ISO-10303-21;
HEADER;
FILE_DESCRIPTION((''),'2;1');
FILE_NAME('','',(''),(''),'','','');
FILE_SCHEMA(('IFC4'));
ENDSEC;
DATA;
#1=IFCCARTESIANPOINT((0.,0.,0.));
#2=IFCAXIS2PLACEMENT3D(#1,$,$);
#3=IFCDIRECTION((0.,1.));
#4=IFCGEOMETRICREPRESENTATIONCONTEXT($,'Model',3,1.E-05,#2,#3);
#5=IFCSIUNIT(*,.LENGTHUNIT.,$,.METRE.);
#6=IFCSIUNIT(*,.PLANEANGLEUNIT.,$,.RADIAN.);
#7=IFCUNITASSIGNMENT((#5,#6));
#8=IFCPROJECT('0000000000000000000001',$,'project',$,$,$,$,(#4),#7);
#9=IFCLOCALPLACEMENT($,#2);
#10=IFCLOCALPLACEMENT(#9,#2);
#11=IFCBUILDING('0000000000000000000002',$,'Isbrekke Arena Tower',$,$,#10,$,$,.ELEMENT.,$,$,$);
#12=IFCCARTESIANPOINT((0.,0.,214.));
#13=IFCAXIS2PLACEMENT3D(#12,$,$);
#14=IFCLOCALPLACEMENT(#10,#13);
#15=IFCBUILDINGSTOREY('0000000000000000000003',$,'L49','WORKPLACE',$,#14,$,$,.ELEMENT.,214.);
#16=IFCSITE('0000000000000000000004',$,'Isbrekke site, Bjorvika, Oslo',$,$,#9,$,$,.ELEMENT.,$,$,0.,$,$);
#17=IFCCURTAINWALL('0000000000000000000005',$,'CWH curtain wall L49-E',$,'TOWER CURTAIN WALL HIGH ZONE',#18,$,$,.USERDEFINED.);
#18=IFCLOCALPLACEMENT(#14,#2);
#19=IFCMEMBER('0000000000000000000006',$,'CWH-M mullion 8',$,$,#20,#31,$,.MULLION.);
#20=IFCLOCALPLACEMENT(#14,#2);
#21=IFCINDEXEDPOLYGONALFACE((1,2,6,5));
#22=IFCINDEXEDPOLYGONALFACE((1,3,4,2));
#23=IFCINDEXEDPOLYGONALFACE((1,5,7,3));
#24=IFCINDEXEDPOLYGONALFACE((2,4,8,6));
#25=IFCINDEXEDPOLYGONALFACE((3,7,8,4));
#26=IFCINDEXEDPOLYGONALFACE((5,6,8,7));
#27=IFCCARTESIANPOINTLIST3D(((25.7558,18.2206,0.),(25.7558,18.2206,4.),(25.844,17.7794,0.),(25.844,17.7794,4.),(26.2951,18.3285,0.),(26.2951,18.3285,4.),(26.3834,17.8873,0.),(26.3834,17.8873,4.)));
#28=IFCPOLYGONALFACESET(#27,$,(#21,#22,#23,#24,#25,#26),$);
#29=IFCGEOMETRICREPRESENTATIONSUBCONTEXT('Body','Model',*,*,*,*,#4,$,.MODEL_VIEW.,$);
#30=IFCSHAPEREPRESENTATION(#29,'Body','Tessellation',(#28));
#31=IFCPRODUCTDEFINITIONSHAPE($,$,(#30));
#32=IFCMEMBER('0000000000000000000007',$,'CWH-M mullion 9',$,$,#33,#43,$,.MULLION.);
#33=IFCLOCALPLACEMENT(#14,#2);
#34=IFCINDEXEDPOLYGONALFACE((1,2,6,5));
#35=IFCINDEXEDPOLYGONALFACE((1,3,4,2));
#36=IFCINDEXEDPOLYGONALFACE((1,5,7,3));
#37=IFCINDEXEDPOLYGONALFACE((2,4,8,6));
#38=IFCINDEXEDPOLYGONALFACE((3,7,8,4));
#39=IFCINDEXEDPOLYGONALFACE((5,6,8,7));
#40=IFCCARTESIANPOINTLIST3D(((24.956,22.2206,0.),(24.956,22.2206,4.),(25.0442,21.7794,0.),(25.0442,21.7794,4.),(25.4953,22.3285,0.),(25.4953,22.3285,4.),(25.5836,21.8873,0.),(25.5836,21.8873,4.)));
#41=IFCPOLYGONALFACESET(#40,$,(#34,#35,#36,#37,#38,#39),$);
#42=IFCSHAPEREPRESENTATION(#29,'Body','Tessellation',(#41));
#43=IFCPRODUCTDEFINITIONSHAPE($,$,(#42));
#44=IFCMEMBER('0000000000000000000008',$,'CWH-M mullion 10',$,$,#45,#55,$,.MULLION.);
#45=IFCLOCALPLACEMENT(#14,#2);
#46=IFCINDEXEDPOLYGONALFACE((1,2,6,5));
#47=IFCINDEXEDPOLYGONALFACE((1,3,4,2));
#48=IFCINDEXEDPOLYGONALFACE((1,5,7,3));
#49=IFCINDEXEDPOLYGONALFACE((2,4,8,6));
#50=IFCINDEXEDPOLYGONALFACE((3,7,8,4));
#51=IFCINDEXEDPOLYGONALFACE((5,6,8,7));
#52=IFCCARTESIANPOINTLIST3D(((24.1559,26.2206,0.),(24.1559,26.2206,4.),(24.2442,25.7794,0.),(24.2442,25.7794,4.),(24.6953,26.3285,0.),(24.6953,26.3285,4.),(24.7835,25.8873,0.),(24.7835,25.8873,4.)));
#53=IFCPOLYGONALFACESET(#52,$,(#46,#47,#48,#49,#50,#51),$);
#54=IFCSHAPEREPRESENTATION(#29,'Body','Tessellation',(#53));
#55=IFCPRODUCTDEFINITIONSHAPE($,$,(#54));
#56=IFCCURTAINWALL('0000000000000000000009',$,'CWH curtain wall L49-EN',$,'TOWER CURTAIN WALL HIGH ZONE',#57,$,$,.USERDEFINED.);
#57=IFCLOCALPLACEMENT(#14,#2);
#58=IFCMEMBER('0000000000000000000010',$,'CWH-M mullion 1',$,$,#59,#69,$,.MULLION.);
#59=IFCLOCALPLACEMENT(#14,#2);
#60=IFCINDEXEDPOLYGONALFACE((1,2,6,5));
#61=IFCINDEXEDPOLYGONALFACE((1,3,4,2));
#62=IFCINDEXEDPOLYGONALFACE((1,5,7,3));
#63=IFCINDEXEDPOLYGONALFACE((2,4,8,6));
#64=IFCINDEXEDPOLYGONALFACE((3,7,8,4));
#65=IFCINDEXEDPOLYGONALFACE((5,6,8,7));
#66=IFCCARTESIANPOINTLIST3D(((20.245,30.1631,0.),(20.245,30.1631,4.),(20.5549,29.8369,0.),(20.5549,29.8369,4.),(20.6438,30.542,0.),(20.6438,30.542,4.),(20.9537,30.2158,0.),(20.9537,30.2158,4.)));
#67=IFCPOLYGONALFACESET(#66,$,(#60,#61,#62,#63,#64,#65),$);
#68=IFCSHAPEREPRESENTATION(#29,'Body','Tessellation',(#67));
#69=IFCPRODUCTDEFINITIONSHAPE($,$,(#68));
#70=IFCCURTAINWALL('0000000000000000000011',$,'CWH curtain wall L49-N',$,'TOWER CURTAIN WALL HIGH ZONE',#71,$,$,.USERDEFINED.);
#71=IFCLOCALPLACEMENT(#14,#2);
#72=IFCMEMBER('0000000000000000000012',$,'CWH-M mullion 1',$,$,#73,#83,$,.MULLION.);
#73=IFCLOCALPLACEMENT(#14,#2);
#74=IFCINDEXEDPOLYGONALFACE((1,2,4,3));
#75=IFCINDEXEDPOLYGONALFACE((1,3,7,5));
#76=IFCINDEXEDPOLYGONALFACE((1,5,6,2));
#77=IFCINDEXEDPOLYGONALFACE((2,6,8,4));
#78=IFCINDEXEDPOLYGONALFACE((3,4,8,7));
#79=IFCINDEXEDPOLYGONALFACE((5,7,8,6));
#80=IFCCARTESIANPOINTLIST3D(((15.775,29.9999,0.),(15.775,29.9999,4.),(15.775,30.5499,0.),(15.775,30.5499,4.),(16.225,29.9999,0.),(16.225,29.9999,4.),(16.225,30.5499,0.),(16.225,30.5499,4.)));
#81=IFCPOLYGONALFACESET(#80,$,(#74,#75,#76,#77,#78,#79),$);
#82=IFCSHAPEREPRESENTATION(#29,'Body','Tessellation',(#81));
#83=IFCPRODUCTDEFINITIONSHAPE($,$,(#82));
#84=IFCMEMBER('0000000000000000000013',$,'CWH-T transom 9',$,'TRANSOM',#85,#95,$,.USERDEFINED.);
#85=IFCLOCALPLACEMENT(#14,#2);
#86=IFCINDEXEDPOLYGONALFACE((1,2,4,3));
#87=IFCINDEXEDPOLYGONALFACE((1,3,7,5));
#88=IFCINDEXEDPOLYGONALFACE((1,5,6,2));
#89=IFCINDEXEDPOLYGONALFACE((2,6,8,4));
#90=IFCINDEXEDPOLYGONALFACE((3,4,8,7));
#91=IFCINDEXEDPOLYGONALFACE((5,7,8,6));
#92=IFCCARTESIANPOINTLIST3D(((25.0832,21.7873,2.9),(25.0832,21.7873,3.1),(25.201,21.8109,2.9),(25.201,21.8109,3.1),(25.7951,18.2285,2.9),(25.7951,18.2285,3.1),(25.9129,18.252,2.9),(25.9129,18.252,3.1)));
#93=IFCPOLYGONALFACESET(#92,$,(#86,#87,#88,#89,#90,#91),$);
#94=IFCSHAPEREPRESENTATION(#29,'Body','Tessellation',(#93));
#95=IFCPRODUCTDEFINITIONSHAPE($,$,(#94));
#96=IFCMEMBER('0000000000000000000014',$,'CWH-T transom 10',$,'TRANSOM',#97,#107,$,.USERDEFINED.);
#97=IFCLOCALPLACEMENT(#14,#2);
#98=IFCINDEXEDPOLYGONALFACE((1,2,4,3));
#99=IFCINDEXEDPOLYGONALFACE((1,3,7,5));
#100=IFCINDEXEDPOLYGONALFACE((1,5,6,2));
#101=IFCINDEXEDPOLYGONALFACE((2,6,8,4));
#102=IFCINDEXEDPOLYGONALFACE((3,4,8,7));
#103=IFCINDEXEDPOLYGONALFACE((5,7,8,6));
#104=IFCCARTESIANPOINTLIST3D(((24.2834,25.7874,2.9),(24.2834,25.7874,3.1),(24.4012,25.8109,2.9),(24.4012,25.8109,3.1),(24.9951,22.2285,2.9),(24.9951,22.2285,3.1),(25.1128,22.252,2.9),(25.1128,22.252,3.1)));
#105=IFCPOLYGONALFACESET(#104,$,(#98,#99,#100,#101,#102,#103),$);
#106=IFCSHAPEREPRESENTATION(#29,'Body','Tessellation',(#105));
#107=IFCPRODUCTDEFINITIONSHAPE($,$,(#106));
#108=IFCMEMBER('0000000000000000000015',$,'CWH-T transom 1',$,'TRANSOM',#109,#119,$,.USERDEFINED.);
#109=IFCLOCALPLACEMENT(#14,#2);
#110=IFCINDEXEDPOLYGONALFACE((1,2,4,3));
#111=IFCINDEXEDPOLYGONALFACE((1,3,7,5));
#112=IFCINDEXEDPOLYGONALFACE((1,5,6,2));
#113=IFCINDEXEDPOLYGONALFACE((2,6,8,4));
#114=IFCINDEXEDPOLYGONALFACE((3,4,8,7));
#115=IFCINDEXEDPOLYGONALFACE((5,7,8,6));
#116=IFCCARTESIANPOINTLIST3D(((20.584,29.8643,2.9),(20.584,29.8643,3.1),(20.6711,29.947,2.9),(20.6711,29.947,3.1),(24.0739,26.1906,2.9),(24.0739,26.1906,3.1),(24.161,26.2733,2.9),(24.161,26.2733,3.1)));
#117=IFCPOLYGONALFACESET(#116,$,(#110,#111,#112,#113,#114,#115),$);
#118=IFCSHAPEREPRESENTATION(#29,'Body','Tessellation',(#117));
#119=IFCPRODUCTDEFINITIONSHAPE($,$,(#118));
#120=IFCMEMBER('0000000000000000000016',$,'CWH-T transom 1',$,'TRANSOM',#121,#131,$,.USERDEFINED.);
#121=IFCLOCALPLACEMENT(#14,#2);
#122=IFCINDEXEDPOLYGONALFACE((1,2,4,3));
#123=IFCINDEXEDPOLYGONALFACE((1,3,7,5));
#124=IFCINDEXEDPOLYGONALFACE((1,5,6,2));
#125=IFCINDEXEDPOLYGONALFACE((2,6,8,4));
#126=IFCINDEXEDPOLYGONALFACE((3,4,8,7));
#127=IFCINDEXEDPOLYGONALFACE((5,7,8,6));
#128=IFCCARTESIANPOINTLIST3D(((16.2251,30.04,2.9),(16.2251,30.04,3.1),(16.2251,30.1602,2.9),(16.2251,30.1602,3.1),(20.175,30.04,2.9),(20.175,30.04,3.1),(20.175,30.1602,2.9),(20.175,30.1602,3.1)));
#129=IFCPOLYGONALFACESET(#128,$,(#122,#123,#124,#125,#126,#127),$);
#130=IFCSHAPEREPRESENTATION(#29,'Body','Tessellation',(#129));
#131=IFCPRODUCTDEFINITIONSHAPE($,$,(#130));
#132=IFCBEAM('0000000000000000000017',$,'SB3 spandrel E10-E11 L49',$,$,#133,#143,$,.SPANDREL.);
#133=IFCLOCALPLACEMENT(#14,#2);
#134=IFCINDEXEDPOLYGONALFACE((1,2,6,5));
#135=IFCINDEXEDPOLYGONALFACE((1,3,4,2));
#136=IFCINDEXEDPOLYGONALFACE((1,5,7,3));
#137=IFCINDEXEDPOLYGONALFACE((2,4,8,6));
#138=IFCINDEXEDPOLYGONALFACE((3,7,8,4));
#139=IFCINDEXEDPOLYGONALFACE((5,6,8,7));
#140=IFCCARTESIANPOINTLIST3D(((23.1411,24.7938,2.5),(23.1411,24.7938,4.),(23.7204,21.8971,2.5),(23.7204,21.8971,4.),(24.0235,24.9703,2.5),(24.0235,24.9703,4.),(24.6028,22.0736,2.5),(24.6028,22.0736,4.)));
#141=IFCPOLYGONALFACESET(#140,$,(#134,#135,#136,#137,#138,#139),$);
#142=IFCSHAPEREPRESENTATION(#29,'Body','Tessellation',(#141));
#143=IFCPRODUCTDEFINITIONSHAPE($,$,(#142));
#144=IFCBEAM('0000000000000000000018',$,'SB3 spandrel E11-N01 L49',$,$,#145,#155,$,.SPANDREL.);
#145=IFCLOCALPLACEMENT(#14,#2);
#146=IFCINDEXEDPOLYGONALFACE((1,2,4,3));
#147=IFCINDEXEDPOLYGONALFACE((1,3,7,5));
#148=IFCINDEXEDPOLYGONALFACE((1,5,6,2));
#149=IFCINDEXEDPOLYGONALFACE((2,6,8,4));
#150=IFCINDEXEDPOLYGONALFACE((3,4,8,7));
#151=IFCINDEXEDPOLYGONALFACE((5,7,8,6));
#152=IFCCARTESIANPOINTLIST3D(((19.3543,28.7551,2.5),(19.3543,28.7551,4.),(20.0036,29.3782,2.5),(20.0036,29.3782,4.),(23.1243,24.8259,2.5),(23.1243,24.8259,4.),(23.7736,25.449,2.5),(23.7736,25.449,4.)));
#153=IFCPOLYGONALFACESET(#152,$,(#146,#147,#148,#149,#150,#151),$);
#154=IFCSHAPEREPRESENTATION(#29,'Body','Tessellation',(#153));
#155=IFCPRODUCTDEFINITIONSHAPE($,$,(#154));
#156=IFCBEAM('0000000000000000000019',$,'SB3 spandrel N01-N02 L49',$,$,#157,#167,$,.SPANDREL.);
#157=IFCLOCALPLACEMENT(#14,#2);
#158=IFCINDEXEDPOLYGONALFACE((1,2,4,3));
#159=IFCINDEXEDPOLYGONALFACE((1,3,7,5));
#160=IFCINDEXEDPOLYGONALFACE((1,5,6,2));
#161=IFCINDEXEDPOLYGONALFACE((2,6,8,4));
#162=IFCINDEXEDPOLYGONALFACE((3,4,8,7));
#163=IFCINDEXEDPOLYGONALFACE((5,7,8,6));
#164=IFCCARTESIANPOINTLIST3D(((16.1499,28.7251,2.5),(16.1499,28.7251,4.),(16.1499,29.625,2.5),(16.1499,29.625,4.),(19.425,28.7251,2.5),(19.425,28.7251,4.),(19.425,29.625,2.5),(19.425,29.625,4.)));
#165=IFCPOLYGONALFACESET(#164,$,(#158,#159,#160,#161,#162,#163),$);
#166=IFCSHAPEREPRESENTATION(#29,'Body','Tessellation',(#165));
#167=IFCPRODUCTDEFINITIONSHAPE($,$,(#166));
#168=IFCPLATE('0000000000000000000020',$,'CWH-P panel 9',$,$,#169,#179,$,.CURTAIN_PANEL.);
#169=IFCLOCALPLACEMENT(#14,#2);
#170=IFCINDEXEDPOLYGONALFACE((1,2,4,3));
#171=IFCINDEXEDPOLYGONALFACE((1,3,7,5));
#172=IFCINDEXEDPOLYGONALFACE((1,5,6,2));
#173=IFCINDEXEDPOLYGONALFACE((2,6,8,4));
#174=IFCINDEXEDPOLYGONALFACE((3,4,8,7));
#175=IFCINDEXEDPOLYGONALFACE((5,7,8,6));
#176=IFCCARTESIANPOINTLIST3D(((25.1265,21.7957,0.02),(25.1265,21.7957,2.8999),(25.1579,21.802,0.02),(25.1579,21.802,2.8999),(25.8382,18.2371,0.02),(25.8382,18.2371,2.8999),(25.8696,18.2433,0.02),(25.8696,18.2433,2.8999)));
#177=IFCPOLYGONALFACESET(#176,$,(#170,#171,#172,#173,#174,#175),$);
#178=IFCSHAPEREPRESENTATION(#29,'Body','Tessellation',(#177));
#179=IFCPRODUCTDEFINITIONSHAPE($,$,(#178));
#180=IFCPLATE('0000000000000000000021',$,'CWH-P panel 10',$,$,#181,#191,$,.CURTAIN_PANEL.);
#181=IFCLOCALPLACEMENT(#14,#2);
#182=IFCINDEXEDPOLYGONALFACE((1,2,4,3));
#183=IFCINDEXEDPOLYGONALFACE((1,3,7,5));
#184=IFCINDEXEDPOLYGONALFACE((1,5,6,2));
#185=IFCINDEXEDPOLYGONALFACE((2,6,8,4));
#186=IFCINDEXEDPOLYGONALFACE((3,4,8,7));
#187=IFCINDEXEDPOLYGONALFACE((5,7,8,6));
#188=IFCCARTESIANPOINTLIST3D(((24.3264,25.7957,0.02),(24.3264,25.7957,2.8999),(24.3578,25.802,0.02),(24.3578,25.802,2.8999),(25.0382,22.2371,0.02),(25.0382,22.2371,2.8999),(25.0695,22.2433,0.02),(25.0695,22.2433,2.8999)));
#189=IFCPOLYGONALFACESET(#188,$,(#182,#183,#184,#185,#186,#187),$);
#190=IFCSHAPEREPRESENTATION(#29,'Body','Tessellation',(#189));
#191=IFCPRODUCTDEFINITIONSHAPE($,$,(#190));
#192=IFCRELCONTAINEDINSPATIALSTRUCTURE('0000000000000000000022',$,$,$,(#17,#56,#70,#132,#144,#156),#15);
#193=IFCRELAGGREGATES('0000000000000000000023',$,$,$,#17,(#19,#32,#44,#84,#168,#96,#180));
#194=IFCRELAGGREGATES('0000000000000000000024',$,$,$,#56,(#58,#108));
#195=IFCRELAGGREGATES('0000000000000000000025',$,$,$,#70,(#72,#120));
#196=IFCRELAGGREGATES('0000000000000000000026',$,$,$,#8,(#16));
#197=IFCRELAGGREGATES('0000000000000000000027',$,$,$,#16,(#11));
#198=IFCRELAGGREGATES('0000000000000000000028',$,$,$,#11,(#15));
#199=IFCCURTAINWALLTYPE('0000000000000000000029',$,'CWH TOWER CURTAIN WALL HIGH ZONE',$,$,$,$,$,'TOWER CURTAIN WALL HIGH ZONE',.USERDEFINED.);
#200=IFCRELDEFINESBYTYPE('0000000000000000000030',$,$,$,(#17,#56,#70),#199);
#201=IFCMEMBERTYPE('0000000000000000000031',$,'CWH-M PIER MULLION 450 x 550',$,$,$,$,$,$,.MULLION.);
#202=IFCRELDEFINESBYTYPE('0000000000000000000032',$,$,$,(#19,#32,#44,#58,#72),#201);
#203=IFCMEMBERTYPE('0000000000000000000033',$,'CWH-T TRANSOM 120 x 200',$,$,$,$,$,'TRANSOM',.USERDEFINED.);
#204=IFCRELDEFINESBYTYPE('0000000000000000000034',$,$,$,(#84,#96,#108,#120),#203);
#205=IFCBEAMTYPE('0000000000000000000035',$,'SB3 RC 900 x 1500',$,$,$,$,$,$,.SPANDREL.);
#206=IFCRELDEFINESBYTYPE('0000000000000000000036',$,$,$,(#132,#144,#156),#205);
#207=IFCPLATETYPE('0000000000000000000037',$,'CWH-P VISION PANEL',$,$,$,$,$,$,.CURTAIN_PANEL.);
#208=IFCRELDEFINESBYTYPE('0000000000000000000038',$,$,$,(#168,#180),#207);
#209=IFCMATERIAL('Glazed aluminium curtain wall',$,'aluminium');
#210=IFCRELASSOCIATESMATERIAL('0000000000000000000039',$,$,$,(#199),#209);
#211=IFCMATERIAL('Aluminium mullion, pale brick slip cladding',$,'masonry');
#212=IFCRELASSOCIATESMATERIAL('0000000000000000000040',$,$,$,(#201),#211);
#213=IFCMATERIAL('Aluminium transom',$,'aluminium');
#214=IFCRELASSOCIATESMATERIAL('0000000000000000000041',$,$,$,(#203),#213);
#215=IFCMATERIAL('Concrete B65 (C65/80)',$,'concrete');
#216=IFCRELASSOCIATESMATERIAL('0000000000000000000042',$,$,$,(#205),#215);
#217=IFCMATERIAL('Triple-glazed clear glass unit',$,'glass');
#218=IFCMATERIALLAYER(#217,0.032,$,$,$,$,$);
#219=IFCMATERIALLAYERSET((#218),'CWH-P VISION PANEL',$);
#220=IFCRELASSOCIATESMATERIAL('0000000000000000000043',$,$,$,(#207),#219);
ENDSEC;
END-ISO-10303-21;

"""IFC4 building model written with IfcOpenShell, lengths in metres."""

from ifc_helpers import new_model, si_unit, direction, frame, origin, origin_2d, place, context, subcontext, project, spatial, rectangle, extrude, material, layer, layer_set, material_profile, profile_set, type_object, element, aggregate, save


model = new_model("IFC4")

# Units and contexts
model_context = context("Model", 3, precision=1e-05, world=origin(), true_north=direction((0.0, 1.0)))
body_context = subcontext(model_context, "Body", "Model", "MODEL_VIEW")
ifc_project = project(units=[si_unit("LENGTHUNIT", "METRE"), si_unit("PLANEANGLEUNIT", "RADIAN")], contexts=[model_context])

# Site, building, storey
site_placement = place(None, origin())
site = spatial("IfcSite", under=ifc_project, at=site_placement, Name="Isbrekke site, Bjorvika, Oslo", CompositionType="ELEMENT", RefElevation=0.0)
building_placement = place(site_placement, origin())
building = spatial("IfcBuilding", under=site, at=building_placement, Name="Isbrekke Arena Tower", CompositionType="ELEMENT")
storey_placement = place(building_placement, frame((0.0, 0.0, 214.0)))
storey = spatial("IfcBuildingStorey", under=building, at=storey_placement, Name="L49", Description="WORKPLACE", CompositionType="ELEMENT", Elevation=214.0)

# Curtain wall, members
ifc_material_1 = material(Name="Glazed aluminium curtain wall", Category="aluminium")
curtain_wall_type = type_object("IfcCurtainWallType", Name="CWH TOWER CURTAIN WALL HIGH ZONE", ElementType="TOWER CURTAIN WALL HIGH ZONE", PredefinedType="USERDEFINED", material=ifc_material_1)
curtain_wall_1_placement = place(storey_placement, origin())
curtain_wall_1 = element("IfcCurtainWall", 1, at=curtain_wall_1_placement, inside=storey, type_object=curtain_wall_type, Name="CWH curtain wall L49-E", ObjectType="TOWER CURTAIN WALL HIGH ZONE", PredefinedType="USERDEFINED")
ifc_material_2 = material(Name="Aluminium mullion, pale brick slip cladding", Category="masonry")
ifc_material_profile_1 = material_profile(ifc_material_2, rectangle(XDim=0.45, YDim=0.55, at=origin_2d()), Name="PIER 450X550")
ifc_profile_set_1 = profile_set([ifc_material_profile_1], Name="Aluminium mullion, pale brick slip cladding")
member_type_1 = type_object("IfcMemberType", Name="CWH-M PIER MULLION 450 x 550", PredefinedType="MULLION", material=ifc_profile_set_1)
member_1_placement = place(storey_placement, frame((26.0696, 18.054, 0.0), z_axis=(0.0, 0.0, 1.0), x_axis=(-0.196116, 0.980581, 0.0)))
member_1 = element("IfcMember", 2, at=member_1_placement, type_object=member_type_1, Name="CWH-M mullion 8", PredefinedType="MULLION", context=body_context, shape_type="SweptSolid", body=[
    extrude(rectangle(XDim=0.45, YDim=0.55, at=origin_2d()), origin(), (0.0, 0.0, 1.0), 4.0),
])
member_2_placement = place(storey_placement, frame((25.2698, 22.054, 0.0), z_axis=(0.0, 0.0, 1.0), x_axis=(-0.196116, 0.980581, 0.0)))
member_2 = element("IfcMember", 3, at=member_2_placement, type_object=member_type_1, Name="CWH-M mullion 9", PredefinedType="MULLION", context=body_context, shape_type="SweptSolid", body=[
    extrude(rectangle(XDim=0.45, YDim=0.55, at=origin_2d()), origin(), (0.0, 0.0, 1.0), 4.0),
])
member_3_placement = place(storey_placement, frame((24.4697, 26.054, 0.0), z_axis=(0.0, 0.0, 1.0), x_axis=(-0.196116, 0.980581, 0.0)))
member_3 = element("IfcMember", 4, at=member_3_placement, type_object=member_type_1, Name="CWH-M mullion 10", PredefinedType="MULLION", context=body_context, shape_type="SweptSolid", body=[
    extrude(rectangle(XDim=0.45, YDim=0.55, at=origin_2d()), origin(), (0.0, 0.0, 1.0), 4.0),
])

# Curtain walls, members
curtain_wall_2_placement = place(storey_placement, origin())
curtain_wall_2 = element("IfcCurtainWall", 5, at=curtain_wall_2_placement, inside=storey, type_object=curtain_wall_type, Name="CWH curtain wall L49-EN", ObjectType="TOWER CURTAIN WALL HIGH ZONE", PredefinedType="USERDEFINED")
member_4_placement = place(storey_placement, frame((20.5994, 30.1895, 0.0), z_axis=(0.0, 0.0, 1.0), x_axis=(-0.688749, 0.724999, 0.0)))
member_4 = element("IfcMember", 6, at=member_4_placement, type_object=member_type_1, Name="CWH-M mullion 1", PredefinedType="MULLION", context=body_context, shape_type="SweptSolid", body=[
    extrude(rectangle(XDim=0.45, YDim=0.55, at=origin_2d()), origin(), (0.0, 0.0, 1.0), 4.0),
])
curtain_wall_3_placement = place(storey_placement, origin())
curtain_wall_3 = element("IfcCurtainWall", 7, at=curtain_wall_3_placement, inside=storey, type_object=curtain_wall_type, Name="CWH curtain wall L49-N", ObjectType="TOWER CURTAIN WALL HIGH ZONE", PredefinedType="USERDEFINED")
member_5_placement = place(storey_placement, frame((16.0, 30.2749, 0.0), z_axis=(0.0, 0.0, 1.0), x_axis=(-1.0, 0.0, 0.0)))
member_5 = element("IfcMember", 8, at=member_5_placement, type_object=member_type_1, Name="CWH-M mullion 1", PredefinedType="MULLION", context=body_context, shape_type="SweptSolid", body=[
    extrude(rectangle(XDim=0.45, YDim=0.55, at=origin_2d()), origin(), (0.0, 0.0, 1.0), 4.0),
])

# Members
ifc_material_3 = material(Name="Aluminium transom", Category="aluminium")
ifc_material_profile_2 = material_profile(ifc_material_3, rectangle(XDim=0.1201, YDim=0.2, at=origin_2d()), Name="TRANSOM 120X200")
ifc_profile_set_2 = profile_set([ifc_material_profile_2], Name="Aluminium transom")
member_type_2 = type_object("IfcMemberType", Name="CWH-T TRANSOM 120 x 200", ElementType="TRANSOM", PredefinedType="USERDEFINED", material=ifc_profile_set_2)
member_6_placement = place(storey_placement, frame((25.854, 18.2402, 3.0), z_axis=(-0.196155, 0.980573, 0.0), x_axis=(-0.980573, -0.196155, 0.0)))
member_6 = element("IfcMember", 9, at=member_6_placement, type_object=member_type_2, Name="CWH-T transom 9", ObjectType="TRANSOM", PredefinedType="USERDEFINED", context=body_context, shape_type="SweptSolid", body=[
    extrude(rectangle(XDim=0.1201, YDim=0.2, at=origin_2d()), origin(), (0.0, 0.0, 1.0), 3.6294),
])
member_7_placement = place(storey_placement, frame((25.054, 22.2402, 3.0), z_axis=(-0.19609, 0.980586, 0.0), x_axis=(-0.980586, -0.19609, 0.0)))
member_7 = element("IfcMember", 10, at=member_7_placement, type_object=member_type_2, Name="CWH-T transom 10", ObjectType="TRANSOM", PredefinedType="USERDEFINED", context=body_context, shape_type="SweptSolid", body=[
    extrude(rectangle(XDim=0.1201, YDim=0.2, at=origin_2d()), origin(), (0.0, 0.0, 1.0), 3.6294),
])
member_8_placement = place(storey_placement, frame((24.1174, 26.2319, 3.0), z_axis=(-0.688734, 0.725014, 0.0), x_axis=(-0.725014, -0.688734, 0.0)))
member_8 = element("IfcMember", 11, at=member_8_placement, type_object=member_type_2, Name="CWH-T transom 1", ObjectType="TRANSOM", PredefinedType="USERDEFINED", context=body_context, shape_type="SweptSolid", body=[
    extrude(rectangle(XDim=0.1201, YDim=0.2, at=origin_2d()), origin(), (0.0, 0.0, 1.0), 5.0671),
])
member_9_placement = place(storey_placement, frame((20.175, 30.1001, 3.0), z_axis=(-1.0, 0.0, 0.0), x_axis=(0.0, -1.0, 0.0)))
member_9 = element("IfcMember", 12, at=member_9_placement, type_object=member_type_2, Name="CWH-T transom 1", ObjectType="TRANSOM", PredefinedType="USERDEFINED", context=body_context, shape_type="SweptSolid", body=[
    extrude(rectangle(XDim=0.1201, YDim=0.2, at=origin_2d()), origin(), (0.0, 0.0, 1.0), 3.95),
])

# Beams
ifc_material_4 = material(Name="Concrete B65 (C65/80)", Category="concrete")
ifc_material_profile_3 = material_profile(ifc_material_4, rectangle(XDim=0.8999, YDim=1.5, at=origin_2d()), Name="RC 900x1500")
ifc_profile_set_3 = profile_set([ifc_material_profile_3], Name="Concrete B65 (C65/80)")
beam_type_1 = type_object("IfcBeamType", Name="SB3 RC 900 x 1500", PredefinedType="SPANDREL", material=ifc_profile_set_3)
beam_1_placement = place(storey_placement, frame((24.1616, 21.9854, 3.25), z_axis=(-0.196116, 0.980581, 0.0), x_axis=(-0.980581, -0.196116, 0.0)))
element("IfcBeam", 13, at=beam_1_placement, inside=storey, type_object=beam_type_1, Name="SB3 spandrel E10-E11 L49", PredefinedType="SPANDREL", context=body_context, shape_type="SweptSolid", body=[
    extrude(rectangle(XDim=0.8999, YDim=1.5, at=origin_2d()), origin(), (0.0, 0.0, 1.0), 2.9541),
])
beam_2_placement = place(storey_placement, frame((23.449, 25.1375, 3.25), z_axis=(-0.69234, 0.721572, 0.0), x_axis=(-0.721572, -0.69234, 0.0)))
element("IfcBeam", 14, at=beam_2_placement, inside=storey, type_object=beam_type_1, Name="SB3 spandrel E11-N01 L49", PredefinedType="SPANDREL", context=body_context, shape_type="SweptSolid", body=[
    extrude(rectangle(XDim=0.8999, YDim=1.5, at=origin_2d()), origin(), (0.0, 0.0, 1.0), 5.4453),
])
beam_3_placement = place(storey_placement, frame((19.425, 29.175, 3.25), z_axis=(-1.0, 0.0, 0.0), x_axis=(0.0, -1.0, 0.0)))
element("IfcBeam", 15, at=beam_3_placement, inside=storey, type_object=beam_type_1, Name="SB3 spandrel N01-N02 L49", PredefinedType="SPANDREL", context=body_context, shape_type="SweptSolid", body=[
    extrude(rectangle(XDim=0.8999, YDim=1.5, at=origin_2d()), origin(), (0.0, 0.0, 1.0), 3.2751),
])

# Plates
ifc_material_5 = material(Name="Triple-glazed clear glass unit", Category="glass")
ifc_layer_1 = layer(ifc_material_5, 0.032)
ifc_layer_set_1 = layer_set([ifc_layer_1], Name="CWH-P VISION PANEL")
plate_type = type_object("IfcPlateType", Name="CWH-P VISION PANEL", PredefinedType="CURTAIN_PANEL", material=ifc_layer_set_1)
plate_1_placement = place(storey_placement, frame((25.498, 20.0195, 0.02), z_axis=(0.0, 0.0, 1.0), x_axis=(-0.196116, 0.980581, 0.0)))
plate_1 = element("IfcPlate", 16, at=plate_1_placement, type_object=plate_type, Name="CWH-P panel 9", PredefinedType="CURTAIN_PANEL", context=body_context, shape_type="SweptSolid", body=[
    extrude(rectangle(XDim=3.6292, YDim=0.032, at=origin_2d()), origin(), (0.0, 0.0, 1.0), 2.8799),
])
plate_2_placement = place(storey_placement, frame((24.698, 24.0195, 0.02), z_axis=(0.0, 0.0, 1.0), x_axis=(-0.196116, 0.980581, 0.0)))
plate_2 = element("IfcPlate", 17, at=plate_2_placement, type_object=plate_type, Name="CWH-P panel 10", PredefinedType="CURTAIN_PANEL", context=body_context, shape_type="SweptSolid", body=[
    extrude(rectangle(XDim=3.6292, YDim=0.032, at=origin_2d()), origin(), (0.0, 0.0, 1.0), 2.8799),
])
aggregate(curtain_wall_1, [member_1, member_2, member_3, member_6, plate_1, member_7, plate_2])
aggregate(curtain_wall_2, [member_4, member_8])
aggregate(curtain_wall_3, [member_5, member_9])

save(model, "model.ifc")
